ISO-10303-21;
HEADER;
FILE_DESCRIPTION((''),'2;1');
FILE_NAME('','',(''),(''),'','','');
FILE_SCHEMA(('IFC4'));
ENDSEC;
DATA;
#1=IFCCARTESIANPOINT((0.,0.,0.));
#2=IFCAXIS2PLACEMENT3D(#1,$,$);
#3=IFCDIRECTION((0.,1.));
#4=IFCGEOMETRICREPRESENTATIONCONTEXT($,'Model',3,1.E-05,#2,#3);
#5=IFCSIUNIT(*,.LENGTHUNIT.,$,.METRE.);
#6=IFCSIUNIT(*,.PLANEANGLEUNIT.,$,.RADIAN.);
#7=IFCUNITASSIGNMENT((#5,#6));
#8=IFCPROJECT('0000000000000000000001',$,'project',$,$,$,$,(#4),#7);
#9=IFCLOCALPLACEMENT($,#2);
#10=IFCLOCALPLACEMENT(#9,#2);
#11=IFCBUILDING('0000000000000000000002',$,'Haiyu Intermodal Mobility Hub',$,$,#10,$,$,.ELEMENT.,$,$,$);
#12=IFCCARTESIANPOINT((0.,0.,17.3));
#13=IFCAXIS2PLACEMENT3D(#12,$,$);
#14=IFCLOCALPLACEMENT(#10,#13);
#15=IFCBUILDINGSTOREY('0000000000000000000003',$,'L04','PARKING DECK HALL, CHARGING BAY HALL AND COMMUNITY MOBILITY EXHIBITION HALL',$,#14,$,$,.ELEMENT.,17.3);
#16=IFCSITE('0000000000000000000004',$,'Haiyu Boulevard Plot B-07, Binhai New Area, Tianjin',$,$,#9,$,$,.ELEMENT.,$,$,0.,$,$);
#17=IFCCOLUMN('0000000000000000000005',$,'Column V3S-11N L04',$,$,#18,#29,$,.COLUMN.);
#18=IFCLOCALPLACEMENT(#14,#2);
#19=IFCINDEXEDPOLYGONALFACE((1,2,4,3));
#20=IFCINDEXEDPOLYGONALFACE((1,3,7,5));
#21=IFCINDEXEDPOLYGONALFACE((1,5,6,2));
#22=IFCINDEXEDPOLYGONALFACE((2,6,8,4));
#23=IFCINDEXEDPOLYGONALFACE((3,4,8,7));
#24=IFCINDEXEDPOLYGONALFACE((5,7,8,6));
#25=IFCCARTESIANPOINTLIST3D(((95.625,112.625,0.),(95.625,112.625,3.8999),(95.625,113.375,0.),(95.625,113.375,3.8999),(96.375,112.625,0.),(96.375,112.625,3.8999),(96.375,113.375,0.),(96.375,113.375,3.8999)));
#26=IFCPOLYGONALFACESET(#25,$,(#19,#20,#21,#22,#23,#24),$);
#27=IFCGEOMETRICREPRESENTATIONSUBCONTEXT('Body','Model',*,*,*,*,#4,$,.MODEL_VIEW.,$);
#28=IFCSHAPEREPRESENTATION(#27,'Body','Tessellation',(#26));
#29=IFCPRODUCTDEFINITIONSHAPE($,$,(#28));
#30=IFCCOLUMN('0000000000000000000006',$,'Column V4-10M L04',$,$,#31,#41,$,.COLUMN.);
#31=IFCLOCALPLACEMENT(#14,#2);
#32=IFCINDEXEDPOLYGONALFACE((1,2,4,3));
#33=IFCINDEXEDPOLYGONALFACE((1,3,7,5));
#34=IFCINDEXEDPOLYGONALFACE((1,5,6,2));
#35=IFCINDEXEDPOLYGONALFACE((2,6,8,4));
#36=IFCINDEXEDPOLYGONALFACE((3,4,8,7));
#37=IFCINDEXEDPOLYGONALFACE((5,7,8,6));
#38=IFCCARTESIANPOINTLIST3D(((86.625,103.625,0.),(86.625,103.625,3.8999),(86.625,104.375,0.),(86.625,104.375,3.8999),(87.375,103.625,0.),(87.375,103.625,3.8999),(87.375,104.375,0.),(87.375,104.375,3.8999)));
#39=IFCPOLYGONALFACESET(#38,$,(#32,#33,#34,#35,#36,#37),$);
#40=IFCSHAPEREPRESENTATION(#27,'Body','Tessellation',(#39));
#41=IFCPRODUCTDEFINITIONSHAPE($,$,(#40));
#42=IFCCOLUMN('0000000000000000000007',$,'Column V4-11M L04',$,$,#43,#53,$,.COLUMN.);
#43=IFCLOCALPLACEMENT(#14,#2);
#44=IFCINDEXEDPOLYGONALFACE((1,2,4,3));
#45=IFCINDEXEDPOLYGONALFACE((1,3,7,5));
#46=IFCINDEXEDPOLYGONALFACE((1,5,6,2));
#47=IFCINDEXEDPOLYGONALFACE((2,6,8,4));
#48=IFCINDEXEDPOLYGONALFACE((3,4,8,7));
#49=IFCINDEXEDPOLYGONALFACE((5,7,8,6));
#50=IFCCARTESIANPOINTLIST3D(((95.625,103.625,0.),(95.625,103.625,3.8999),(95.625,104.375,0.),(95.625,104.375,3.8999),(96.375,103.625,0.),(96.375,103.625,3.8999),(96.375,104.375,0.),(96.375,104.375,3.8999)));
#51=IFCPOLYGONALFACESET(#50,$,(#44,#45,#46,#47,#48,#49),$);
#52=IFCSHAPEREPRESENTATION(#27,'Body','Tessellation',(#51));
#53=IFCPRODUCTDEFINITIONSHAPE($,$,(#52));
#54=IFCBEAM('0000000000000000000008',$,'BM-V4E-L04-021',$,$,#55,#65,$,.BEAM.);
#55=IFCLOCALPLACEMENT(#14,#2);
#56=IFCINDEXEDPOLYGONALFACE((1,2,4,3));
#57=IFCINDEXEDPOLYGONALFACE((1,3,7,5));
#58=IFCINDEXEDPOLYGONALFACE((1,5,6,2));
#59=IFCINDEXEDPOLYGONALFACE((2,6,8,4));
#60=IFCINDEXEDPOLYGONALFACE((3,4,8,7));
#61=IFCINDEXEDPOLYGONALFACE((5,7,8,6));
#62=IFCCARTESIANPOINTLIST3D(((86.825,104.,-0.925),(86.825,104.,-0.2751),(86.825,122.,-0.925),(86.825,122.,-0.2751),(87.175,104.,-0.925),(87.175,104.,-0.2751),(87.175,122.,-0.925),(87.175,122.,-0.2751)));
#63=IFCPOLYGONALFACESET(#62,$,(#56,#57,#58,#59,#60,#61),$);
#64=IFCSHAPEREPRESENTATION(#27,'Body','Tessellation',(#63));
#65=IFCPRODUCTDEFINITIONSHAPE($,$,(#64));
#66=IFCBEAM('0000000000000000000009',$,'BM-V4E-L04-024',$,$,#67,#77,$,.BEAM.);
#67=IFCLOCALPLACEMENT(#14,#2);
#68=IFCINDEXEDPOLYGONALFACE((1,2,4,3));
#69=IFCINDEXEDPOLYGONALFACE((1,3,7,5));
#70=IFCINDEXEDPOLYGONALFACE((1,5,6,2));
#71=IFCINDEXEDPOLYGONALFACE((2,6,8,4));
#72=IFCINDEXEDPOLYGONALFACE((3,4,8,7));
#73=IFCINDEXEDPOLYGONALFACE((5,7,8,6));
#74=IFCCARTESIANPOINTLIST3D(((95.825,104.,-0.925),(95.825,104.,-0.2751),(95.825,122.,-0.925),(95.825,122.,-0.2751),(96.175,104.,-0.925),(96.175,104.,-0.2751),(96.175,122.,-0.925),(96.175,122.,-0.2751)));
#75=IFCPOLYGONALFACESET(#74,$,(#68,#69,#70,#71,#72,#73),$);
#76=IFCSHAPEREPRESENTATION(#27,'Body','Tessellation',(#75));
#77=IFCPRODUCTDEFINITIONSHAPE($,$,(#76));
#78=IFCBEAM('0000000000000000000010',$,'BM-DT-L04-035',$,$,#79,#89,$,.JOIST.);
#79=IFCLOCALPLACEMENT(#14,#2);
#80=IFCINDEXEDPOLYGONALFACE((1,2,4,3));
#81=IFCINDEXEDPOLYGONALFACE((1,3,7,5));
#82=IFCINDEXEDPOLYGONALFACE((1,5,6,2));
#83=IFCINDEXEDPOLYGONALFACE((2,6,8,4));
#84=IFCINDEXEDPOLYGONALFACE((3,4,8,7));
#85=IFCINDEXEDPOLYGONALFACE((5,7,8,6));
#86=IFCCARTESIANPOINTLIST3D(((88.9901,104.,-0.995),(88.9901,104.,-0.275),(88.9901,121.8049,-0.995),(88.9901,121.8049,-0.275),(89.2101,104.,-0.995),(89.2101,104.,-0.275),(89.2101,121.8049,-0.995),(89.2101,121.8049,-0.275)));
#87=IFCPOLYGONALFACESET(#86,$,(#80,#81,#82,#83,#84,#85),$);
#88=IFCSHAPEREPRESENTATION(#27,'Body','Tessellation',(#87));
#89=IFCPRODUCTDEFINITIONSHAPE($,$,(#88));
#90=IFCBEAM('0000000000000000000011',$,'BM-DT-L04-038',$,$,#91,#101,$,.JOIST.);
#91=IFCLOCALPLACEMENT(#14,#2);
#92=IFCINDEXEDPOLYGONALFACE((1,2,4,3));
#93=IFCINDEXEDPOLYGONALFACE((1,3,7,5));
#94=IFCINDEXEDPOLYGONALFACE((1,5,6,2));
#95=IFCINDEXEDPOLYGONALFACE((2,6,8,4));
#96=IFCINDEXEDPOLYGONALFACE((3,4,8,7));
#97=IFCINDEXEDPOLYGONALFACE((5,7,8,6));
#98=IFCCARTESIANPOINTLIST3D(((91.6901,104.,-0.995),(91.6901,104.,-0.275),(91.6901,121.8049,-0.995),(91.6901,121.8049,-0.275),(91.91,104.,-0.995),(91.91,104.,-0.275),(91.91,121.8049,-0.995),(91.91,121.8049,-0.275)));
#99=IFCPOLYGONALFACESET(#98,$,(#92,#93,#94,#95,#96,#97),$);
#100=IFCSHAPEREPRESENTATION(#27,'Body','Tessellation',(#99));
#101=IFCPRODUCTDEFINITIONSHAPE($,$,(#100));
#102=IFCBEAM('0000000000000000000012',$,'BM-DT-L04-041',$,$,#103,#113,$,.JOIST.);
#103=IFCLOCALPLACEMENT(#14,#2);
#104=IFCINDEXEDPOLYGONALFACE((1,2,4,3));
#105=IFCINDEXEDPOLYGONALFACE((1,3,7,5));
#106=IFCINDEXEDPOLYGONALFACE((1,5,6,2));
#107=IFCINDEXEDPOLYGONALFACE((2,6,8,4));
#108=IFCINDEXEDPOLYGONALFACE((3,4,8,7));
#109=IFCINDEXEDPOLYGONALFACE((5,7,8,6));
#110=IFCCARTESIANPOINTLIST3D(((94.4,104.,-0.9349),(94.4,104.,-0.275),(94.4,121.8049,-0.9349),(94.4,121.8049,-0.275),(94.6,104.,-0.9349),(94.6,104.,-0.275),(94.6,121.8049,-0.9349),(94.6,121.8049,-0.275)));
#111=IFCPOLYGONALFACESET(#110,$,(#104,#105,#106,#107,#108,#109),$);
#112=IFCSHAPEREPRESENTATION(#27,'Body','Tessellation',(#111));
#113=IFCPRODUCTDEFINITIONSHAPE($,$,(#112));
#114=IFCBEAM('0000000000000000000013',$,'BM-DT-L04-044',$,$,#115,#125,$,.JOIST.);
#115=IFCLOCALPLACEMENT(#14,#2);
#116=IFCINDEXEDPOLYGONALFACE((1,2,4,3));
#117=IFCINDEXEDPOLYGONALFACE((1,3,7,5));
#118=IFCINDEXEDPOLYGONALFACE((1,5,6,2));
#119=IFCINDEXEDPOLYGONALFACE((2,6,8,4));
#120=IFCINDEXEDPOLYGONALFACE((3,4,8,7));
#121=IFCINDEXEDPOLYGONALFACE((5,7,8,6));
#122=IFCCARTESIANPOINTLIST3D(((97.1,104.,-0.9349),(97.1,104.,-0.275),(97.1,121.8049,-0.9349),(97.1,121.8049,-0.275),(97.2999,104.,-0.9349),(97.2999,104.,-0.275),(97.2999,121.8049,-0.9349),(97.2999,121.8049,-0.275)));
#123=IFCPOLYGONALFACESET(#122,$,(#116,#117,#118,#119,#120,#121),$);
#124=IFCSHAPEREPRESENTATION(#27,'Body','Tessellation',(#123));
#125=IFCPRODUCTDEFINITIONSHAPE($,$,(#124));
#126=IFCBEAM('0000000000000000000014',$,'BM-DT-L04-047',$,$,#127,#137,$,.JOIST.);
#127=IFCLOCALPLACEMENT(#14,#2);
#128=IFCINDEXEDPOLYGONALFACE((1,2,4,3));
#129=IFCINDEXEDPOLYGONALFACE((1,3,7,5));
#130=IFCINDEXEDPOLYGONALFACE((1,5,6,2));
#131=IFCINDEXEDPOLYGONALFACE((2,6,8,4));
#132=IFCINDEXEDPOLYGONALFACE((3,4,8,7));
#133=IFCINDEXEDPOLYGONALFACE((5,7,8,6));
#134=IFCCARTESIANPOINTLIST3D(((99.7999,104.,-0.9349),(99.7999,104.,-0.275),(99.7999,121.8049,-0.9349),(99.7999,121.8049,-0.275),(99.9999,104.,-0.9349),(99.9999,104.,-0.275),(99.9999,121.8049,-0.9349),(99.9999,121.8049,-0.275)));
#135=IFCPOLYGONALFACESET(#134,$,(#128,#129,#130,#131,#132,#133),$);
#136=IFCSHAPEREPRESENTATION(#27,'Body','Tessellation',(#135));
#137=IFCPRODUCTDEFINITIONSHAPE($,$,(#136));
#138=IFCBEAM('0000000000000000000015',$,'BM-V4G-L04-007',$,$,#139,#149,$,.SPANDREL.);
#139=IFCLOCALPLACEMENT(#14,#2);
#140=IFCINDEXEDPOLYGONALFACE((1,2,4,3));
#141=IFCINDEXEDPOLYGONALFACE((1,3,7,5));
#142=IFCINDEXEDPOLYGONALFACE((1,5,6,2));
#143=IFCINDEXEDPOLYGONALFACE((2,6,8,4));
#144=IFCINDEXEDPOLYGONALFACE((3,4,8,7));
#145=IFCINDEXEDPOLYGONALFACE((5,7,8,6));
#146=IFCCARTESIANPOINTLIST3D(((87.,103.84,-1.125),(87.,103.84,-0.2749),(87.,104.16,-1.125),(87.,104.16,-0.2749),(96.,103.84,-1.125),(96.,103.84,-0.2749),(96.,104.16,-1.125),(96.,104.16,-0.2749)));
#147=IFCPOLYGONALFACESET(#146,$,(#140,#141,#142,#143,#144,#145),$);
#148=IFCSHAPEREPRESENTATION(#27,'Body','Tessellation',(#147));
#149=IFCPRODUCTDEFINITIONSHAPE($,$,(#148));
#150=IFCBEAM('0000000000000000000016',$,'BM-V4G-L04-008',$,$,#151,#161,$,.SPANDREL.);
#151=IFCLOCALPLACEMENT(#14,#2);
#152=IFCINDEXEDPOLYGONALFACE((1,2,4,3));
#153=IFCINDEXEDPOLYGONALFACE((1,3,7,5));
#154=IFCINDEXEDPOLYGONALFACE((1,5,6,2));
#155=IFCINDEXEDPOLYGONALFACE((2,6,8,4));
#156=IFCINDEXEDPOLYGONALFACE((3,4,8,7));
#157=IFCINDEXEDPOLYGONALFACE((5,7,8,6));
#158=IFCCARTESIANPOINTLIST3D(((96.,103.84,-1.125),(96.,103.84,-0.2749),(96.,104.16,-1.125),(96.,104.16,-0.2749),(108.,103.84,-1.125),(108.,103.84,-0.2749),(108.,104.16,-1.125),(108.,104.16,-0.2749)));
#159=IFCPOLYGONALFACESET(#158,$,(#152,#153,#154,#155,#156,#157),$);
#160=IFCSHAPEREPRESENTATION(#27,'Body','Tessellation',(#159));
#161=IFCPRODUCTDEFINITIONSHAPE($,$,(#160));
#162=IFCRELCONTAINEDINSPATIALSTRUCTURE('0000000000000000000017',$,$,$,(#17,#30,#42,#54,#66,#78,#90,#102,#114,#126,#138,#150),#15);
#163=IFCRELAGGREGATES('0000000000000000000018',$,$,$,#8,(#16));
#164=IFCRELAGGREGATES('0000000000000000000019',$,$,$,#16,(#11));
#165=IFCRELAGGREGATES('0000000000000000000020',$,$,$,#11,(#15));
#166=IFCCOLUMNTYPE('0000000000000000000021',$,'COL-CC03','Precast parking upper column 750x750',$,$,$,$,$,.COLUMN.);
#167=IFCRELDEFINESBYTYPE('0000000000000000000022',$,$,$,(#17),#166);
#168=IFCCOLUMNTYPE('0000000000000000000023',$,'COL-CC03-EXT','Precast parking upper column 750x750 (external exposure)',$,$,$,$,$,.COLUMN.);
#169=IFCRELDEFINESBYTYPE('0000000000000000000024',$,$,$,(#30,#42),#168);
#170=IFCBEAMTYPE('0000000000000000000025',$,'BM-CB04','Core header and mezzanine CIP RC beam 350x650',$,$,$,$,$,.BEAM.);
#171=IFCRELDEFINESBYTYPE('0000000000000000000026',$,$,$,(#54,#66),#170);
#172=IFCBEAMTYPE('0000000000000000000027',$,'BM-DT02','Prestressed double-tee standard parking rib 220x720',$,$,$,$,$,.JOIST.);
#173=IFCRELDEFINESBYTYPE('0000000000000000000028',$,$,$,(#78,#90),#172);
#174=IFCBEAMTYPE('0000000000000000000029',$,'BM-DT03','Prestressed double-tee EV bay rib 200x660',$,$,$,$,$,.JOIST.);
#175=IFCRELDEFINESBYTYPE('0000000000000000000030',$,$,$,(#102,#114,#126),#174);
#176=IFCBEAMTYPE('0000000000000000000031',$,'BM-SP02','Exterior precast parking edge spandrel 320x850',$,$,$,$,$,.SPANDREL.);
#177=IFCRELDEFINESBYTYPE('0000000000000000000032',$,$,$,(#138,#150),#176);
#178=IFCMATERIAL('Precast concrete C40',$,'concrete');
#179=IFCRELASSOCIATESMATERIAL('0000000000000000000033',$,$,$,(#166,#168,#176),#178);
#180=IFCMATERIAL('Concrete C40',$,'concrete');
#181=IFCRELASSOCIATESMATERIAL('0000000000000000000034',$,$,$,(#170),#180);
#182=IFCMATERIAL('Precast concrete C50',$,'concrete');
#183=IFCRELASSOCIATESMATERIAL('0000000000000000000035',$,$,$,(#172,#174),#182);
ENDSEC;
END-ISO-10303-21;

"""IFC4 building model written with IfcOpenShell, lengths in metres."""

from ifc_helpers import new_model, si_unit, direction, frame, origin, origin_2d, place, context, subcontext, project, spatial, rectangle, extrude, material, material_profile, profile_set, type_object, element, save


model = new_model("IFC4")

# Units and contexts
model_context = context("Model", 3, precision=1e-05, world=origin(), true_north=direction((0.0, 1.0)))
body_context = subcontext(model_context, "Body", "Model", "MODEL_VIEW")
ifc_project = project(units=[si_unit("LENGTHUNIT", "METRE"), si_unit("PLANEANGLEUNIT", "RADIAN")], contexts=[model_context])

# Site, building, storey
site_placement = place(None, origin())
site = spatial("IfcSite", under=ifc_project, at=site_placement, Name="Haiyu Boulevard Plot B-07, Binhai New Area, Tianjin", CompositionType="ELEMENT", RefElevation=0.0)
building_placement = place(site_placement, origin())
building = spatial("IfcBuilding", under=site, at=building_placement, Name="Haiyu Intermodal Mobility Hub", CompositionType="ELEMENT")
storey_placement = place(building_placement, frame((0.0, 0.0, 17.3)))
storey = spatial("IfcBuildingStorey", under=building, at=storey_placement, Name="L04", Description="PARKING DECK HALL, CHARGING BAY HALL AND COMMUNITY MOBILITY EXHIBITION HALL", CompositionType="ELEMENT", Elevation=17.3)

# Columns
ifc_material_1 = material(Name="Precast concrete C40", Category="concrete")
ifc_material_profile_1 = material_profile(ifc_material_1, rectangle(XDim=0.75, YDim=0.75, at=origin_2d()), Name="RC750x750")
ifc_profile_set_1 = profile_set([ifc_material_profile_1], Name="Precast concrete C40")
column_type_1 = type_object("IfcColumnType", Name="COL-CC03", Description="Precast parking upper column 750x750", PredefinedType="COLUMN", material=ifc_profile_set_1)
column_placement = place(storey_placement, frame((96.0, 113.0, 0.0), z_axis=(0.0, 0.0, 1.0), x_axis=(1.0, 0.0, 0.0)))
element("IfcColumn", 1, at=column_placement, inside=storey, type_object=column_type_1, Name="Column V3S-11N L04", PredefinedType="COLUMN", context=body_context, shape_type="SweptSolid", body=[
    extrude(rectangle(XDim=0.75, YDim=0.75, at=origin_2d()), origin(), (0.0, 0.0, 1.0), 3.8999),
])
ifc_material_profile_2 = material_profile(ifc_material_1, rectangle(XDim=0.75, YDim=0.75, at=origin_2d()), Name="RC750x750")
ifc_profile_set_2 = profile_set([ifc_material_profile_2], Name="Precast concrete C40")
column_type_2 = type_object("IfcColumnType", Name="COL-CC03-EXT", Description="Precast parking upper column 750x750 (external exposure)", PredefinedType="COLUMN", material=ifc_profile_set_2)
for number, where, z_axis, x_axis, name in (
    (2, (87.0, 104.0, 0.0), (0.0, 0.0, 1.0), (1.0, 0.0, 0.0), "Column V4-10M L04"),
    (3, (96.0, 104.0, 0.0), (0.0, 0.0, 1.0), (1.0, 0.0, 0.0), "Column V4-11M L04"),
):
    element("IfcColumn", number, at=place(storey_placement, frame(where, z_axis=z_axis, x_axis=x_axis)), inside=storey, type_object=column_type_2, Name=name, PredefinedType="COLUMN", context=body_context, shape_type="SweptSolid", body=[
        extrude(rectangle(XDim=0.75, YDim=0.75, at=origin_2d()), origin(), (0.0, 0.0, 1.0), 3.8999),
    ])

# Beams
ifc_material_2 = material(Name="Concrete C40", Category="concrete")
ifc_material_profile_3 = material_profile(ifc_material_2, rectangle(XDim=0.3501, YDim=0.6499, at=origin_2d()), Name="RCB350x650")
ifc_profile_set_3 = profile_set([ifc_material_profile_3], Name="Concrete C40")
beam_type_1 = type_object("IfcBeamType", Name="BM-CB04", Description="Core header and mezzanine CIP RC beam 350x650", PredefinedType="BEAM", material=ifc_profile_set_3)
for number, where, z_axis, x_axis, name in (
    (4, (87.0, 104.0, -0.6001), (0.0, 1.0, 0.0), (-1.0, 0.0, 0.0), "BM-V4E-L04-021"),
    (5, (96.0, 104.0, -0.6001), (0.0, 1.0, 0.0), (-1.0, 0.0, 0.0), "BM-V4E-L04-024"),
):
    element("IfcBeam", number, at=place(storey_placement, frame(where, z_axis=z_axis, x_axis=x_axis)), inside=storey, type_object=beam_type_1, Name=name, PredefinedType="BEAM", context=body_context, shape_type="SweptSolid", body=[
        extrude(rectangle(XDim=0.3501, YDim=0.6499, at=origin_2d()), origin(), (0.0, 0.0, 1.0), 18.0),
    ])
ifc_material_3 = material(Name="Precast concrete C50", Category="concrete")
ifc_material_profile_4 = material_profile(ifc_material_3, rectangle(XDim=0.22, YDim=0.72, at=origin_2d()), Name="PC220x720")
ifc_profile_set_4 = profile_set([ifc_material_profile_4], Name="Precast concrete C50")
beam_type_2 = type_object("IfcBeamType", Name="BM-DT02", Description="Prestressed double-tee standard parking rib 220x720", PredefinedType="JOIST", material=ifc_profile_set_4)
for number, where, z_axis, x_axis, name in (
    (6, (89.1001, 104.0, -0.635), (0.0, 1.0, 0.0), (-1.0, 0.0, 0.0), "BM-DT-L04-035"),
    (7, (91.8, 104.0, -0.635), (0.0, 1.0, 0.0), (-1.0, 0.0, 0.0), "BM-DT-L04-038"),
):
    element("IfcBeam", number, at=place(storey_placement, frame(where, z_axis=z_axis, x_axis=x_axis)), inside=storey, type_object=beam_type_2, Name=name, PredefinedType="JOIST", context=body_context, shape_type="SweptSolid", body=[
        extrude(rectangle(XDim=0.22, YDim=0.72, at=origin_2d()), origin(), (0.0, 0.0, 1.0), 17.8049),
    ])
ifc_material_profile_5 = material_profile(ifc_material_3, rectangle(XDim=0.2, YDim=0.6599, at=origin_2d()), Name="PC200x660")
ifc_profile_set_5 = profile_set([ifc_material_profile_5], Name="Precast concrete C50")
beam_type_3 = type_object("IfcBeamType", Name="BM-DT03", Description="Prestressed double-tee EV bay rib 200x660", PredefinedType="JOIST", material=ifc_profile_set_5)
for number, where, z_axis, x_axis, name in (
    (8, (94.5, 104.0, -0.605), (0.0, 1.0, 0.0), (-1.0, 0.0, 0.0), "BM-DT-L04-041"),
    (9, (97.2, 104.0, -0.605), (0.0, 1.0, 0.0), (-1.0, 0.0, 0.0), "BM-DT-L04-044"),
    (10, (99.8999, 104.0, -0.605), (0.0, 1.0, 0.0), (-1.0, 0.0, 0.0), "BM-DT-L04-047"),
):
    element("IfcBeam", number, at=place(storey_placement, frame(where, z_axis=z_axis, x_axis=x_axis)), inside=storey, type_object=beam_type_3, Name=name, PredefinedType="JOIST", context=body_context, shape_type="SweptSolid", body=[
        extrude(rectangle(XDim=0.2, YDim=0.6599, at=origin_2d()), origin(), (0.0, 0.0, 1.0), 17.8049),
    ])
ifc_material_profile_6 = material_profile(ifc_material_1, rectangle(XDim=0.3201, YDim=0.8501, at=origin_2d()), Name="PC320x850")
ifc_profile_set_6 = profile_set([ifc_material_profile_6], Name="Precast concrete C40")
beam_type_4 = type_object("IfcBeamType", Name="BM-SP02", Description="Exterior precast parking edge spandrel 320x850", PredefinedType="SPANDREL", material=ifc_profile_set_6)
beam_1_placement = place(storey_placement, frame((87.0, 104.0, -0.7), z_axis=(1.0, 0.0, 0.0), x_axis=(0.0, 1.0, 0.0)))
element("IfcBeam", 11, at=beam_1_placement, inside=storey, type_object=beam_type_4, Name="BM-V4G-L04-007", PredefinedType="SPANDREL", context=body_context, shape_type="SweptSolid", body=[
    extrude(rectangle(XDim=0.3201, YDim=0.8501, at=origin_2d()), origin(), (0.0, 0.0, 1.0), 9.0),
])
beam_2_placement = place(storey_placement, frame((96.0, 104.0, -0.7), z_axis=(1.0, 0.0, 0.0), x_axis=(0.0, 1.0, 0.0)))
element("IfcBeam", 12, at=beam_2_placement, inside=storey, type_object=beam_type_4, Name="BM-V4G-L04-008", PredefinedType="SPANDREL", context=body_context, shape_type="SweptSolid", body=[
    extrude(rectangle(XDim=0.3201, YDim=0.8501, at=origin_2d()), origin(), (0.0, 0.0, 1.0), 12.0),
])

save(model, "model.ifc")
